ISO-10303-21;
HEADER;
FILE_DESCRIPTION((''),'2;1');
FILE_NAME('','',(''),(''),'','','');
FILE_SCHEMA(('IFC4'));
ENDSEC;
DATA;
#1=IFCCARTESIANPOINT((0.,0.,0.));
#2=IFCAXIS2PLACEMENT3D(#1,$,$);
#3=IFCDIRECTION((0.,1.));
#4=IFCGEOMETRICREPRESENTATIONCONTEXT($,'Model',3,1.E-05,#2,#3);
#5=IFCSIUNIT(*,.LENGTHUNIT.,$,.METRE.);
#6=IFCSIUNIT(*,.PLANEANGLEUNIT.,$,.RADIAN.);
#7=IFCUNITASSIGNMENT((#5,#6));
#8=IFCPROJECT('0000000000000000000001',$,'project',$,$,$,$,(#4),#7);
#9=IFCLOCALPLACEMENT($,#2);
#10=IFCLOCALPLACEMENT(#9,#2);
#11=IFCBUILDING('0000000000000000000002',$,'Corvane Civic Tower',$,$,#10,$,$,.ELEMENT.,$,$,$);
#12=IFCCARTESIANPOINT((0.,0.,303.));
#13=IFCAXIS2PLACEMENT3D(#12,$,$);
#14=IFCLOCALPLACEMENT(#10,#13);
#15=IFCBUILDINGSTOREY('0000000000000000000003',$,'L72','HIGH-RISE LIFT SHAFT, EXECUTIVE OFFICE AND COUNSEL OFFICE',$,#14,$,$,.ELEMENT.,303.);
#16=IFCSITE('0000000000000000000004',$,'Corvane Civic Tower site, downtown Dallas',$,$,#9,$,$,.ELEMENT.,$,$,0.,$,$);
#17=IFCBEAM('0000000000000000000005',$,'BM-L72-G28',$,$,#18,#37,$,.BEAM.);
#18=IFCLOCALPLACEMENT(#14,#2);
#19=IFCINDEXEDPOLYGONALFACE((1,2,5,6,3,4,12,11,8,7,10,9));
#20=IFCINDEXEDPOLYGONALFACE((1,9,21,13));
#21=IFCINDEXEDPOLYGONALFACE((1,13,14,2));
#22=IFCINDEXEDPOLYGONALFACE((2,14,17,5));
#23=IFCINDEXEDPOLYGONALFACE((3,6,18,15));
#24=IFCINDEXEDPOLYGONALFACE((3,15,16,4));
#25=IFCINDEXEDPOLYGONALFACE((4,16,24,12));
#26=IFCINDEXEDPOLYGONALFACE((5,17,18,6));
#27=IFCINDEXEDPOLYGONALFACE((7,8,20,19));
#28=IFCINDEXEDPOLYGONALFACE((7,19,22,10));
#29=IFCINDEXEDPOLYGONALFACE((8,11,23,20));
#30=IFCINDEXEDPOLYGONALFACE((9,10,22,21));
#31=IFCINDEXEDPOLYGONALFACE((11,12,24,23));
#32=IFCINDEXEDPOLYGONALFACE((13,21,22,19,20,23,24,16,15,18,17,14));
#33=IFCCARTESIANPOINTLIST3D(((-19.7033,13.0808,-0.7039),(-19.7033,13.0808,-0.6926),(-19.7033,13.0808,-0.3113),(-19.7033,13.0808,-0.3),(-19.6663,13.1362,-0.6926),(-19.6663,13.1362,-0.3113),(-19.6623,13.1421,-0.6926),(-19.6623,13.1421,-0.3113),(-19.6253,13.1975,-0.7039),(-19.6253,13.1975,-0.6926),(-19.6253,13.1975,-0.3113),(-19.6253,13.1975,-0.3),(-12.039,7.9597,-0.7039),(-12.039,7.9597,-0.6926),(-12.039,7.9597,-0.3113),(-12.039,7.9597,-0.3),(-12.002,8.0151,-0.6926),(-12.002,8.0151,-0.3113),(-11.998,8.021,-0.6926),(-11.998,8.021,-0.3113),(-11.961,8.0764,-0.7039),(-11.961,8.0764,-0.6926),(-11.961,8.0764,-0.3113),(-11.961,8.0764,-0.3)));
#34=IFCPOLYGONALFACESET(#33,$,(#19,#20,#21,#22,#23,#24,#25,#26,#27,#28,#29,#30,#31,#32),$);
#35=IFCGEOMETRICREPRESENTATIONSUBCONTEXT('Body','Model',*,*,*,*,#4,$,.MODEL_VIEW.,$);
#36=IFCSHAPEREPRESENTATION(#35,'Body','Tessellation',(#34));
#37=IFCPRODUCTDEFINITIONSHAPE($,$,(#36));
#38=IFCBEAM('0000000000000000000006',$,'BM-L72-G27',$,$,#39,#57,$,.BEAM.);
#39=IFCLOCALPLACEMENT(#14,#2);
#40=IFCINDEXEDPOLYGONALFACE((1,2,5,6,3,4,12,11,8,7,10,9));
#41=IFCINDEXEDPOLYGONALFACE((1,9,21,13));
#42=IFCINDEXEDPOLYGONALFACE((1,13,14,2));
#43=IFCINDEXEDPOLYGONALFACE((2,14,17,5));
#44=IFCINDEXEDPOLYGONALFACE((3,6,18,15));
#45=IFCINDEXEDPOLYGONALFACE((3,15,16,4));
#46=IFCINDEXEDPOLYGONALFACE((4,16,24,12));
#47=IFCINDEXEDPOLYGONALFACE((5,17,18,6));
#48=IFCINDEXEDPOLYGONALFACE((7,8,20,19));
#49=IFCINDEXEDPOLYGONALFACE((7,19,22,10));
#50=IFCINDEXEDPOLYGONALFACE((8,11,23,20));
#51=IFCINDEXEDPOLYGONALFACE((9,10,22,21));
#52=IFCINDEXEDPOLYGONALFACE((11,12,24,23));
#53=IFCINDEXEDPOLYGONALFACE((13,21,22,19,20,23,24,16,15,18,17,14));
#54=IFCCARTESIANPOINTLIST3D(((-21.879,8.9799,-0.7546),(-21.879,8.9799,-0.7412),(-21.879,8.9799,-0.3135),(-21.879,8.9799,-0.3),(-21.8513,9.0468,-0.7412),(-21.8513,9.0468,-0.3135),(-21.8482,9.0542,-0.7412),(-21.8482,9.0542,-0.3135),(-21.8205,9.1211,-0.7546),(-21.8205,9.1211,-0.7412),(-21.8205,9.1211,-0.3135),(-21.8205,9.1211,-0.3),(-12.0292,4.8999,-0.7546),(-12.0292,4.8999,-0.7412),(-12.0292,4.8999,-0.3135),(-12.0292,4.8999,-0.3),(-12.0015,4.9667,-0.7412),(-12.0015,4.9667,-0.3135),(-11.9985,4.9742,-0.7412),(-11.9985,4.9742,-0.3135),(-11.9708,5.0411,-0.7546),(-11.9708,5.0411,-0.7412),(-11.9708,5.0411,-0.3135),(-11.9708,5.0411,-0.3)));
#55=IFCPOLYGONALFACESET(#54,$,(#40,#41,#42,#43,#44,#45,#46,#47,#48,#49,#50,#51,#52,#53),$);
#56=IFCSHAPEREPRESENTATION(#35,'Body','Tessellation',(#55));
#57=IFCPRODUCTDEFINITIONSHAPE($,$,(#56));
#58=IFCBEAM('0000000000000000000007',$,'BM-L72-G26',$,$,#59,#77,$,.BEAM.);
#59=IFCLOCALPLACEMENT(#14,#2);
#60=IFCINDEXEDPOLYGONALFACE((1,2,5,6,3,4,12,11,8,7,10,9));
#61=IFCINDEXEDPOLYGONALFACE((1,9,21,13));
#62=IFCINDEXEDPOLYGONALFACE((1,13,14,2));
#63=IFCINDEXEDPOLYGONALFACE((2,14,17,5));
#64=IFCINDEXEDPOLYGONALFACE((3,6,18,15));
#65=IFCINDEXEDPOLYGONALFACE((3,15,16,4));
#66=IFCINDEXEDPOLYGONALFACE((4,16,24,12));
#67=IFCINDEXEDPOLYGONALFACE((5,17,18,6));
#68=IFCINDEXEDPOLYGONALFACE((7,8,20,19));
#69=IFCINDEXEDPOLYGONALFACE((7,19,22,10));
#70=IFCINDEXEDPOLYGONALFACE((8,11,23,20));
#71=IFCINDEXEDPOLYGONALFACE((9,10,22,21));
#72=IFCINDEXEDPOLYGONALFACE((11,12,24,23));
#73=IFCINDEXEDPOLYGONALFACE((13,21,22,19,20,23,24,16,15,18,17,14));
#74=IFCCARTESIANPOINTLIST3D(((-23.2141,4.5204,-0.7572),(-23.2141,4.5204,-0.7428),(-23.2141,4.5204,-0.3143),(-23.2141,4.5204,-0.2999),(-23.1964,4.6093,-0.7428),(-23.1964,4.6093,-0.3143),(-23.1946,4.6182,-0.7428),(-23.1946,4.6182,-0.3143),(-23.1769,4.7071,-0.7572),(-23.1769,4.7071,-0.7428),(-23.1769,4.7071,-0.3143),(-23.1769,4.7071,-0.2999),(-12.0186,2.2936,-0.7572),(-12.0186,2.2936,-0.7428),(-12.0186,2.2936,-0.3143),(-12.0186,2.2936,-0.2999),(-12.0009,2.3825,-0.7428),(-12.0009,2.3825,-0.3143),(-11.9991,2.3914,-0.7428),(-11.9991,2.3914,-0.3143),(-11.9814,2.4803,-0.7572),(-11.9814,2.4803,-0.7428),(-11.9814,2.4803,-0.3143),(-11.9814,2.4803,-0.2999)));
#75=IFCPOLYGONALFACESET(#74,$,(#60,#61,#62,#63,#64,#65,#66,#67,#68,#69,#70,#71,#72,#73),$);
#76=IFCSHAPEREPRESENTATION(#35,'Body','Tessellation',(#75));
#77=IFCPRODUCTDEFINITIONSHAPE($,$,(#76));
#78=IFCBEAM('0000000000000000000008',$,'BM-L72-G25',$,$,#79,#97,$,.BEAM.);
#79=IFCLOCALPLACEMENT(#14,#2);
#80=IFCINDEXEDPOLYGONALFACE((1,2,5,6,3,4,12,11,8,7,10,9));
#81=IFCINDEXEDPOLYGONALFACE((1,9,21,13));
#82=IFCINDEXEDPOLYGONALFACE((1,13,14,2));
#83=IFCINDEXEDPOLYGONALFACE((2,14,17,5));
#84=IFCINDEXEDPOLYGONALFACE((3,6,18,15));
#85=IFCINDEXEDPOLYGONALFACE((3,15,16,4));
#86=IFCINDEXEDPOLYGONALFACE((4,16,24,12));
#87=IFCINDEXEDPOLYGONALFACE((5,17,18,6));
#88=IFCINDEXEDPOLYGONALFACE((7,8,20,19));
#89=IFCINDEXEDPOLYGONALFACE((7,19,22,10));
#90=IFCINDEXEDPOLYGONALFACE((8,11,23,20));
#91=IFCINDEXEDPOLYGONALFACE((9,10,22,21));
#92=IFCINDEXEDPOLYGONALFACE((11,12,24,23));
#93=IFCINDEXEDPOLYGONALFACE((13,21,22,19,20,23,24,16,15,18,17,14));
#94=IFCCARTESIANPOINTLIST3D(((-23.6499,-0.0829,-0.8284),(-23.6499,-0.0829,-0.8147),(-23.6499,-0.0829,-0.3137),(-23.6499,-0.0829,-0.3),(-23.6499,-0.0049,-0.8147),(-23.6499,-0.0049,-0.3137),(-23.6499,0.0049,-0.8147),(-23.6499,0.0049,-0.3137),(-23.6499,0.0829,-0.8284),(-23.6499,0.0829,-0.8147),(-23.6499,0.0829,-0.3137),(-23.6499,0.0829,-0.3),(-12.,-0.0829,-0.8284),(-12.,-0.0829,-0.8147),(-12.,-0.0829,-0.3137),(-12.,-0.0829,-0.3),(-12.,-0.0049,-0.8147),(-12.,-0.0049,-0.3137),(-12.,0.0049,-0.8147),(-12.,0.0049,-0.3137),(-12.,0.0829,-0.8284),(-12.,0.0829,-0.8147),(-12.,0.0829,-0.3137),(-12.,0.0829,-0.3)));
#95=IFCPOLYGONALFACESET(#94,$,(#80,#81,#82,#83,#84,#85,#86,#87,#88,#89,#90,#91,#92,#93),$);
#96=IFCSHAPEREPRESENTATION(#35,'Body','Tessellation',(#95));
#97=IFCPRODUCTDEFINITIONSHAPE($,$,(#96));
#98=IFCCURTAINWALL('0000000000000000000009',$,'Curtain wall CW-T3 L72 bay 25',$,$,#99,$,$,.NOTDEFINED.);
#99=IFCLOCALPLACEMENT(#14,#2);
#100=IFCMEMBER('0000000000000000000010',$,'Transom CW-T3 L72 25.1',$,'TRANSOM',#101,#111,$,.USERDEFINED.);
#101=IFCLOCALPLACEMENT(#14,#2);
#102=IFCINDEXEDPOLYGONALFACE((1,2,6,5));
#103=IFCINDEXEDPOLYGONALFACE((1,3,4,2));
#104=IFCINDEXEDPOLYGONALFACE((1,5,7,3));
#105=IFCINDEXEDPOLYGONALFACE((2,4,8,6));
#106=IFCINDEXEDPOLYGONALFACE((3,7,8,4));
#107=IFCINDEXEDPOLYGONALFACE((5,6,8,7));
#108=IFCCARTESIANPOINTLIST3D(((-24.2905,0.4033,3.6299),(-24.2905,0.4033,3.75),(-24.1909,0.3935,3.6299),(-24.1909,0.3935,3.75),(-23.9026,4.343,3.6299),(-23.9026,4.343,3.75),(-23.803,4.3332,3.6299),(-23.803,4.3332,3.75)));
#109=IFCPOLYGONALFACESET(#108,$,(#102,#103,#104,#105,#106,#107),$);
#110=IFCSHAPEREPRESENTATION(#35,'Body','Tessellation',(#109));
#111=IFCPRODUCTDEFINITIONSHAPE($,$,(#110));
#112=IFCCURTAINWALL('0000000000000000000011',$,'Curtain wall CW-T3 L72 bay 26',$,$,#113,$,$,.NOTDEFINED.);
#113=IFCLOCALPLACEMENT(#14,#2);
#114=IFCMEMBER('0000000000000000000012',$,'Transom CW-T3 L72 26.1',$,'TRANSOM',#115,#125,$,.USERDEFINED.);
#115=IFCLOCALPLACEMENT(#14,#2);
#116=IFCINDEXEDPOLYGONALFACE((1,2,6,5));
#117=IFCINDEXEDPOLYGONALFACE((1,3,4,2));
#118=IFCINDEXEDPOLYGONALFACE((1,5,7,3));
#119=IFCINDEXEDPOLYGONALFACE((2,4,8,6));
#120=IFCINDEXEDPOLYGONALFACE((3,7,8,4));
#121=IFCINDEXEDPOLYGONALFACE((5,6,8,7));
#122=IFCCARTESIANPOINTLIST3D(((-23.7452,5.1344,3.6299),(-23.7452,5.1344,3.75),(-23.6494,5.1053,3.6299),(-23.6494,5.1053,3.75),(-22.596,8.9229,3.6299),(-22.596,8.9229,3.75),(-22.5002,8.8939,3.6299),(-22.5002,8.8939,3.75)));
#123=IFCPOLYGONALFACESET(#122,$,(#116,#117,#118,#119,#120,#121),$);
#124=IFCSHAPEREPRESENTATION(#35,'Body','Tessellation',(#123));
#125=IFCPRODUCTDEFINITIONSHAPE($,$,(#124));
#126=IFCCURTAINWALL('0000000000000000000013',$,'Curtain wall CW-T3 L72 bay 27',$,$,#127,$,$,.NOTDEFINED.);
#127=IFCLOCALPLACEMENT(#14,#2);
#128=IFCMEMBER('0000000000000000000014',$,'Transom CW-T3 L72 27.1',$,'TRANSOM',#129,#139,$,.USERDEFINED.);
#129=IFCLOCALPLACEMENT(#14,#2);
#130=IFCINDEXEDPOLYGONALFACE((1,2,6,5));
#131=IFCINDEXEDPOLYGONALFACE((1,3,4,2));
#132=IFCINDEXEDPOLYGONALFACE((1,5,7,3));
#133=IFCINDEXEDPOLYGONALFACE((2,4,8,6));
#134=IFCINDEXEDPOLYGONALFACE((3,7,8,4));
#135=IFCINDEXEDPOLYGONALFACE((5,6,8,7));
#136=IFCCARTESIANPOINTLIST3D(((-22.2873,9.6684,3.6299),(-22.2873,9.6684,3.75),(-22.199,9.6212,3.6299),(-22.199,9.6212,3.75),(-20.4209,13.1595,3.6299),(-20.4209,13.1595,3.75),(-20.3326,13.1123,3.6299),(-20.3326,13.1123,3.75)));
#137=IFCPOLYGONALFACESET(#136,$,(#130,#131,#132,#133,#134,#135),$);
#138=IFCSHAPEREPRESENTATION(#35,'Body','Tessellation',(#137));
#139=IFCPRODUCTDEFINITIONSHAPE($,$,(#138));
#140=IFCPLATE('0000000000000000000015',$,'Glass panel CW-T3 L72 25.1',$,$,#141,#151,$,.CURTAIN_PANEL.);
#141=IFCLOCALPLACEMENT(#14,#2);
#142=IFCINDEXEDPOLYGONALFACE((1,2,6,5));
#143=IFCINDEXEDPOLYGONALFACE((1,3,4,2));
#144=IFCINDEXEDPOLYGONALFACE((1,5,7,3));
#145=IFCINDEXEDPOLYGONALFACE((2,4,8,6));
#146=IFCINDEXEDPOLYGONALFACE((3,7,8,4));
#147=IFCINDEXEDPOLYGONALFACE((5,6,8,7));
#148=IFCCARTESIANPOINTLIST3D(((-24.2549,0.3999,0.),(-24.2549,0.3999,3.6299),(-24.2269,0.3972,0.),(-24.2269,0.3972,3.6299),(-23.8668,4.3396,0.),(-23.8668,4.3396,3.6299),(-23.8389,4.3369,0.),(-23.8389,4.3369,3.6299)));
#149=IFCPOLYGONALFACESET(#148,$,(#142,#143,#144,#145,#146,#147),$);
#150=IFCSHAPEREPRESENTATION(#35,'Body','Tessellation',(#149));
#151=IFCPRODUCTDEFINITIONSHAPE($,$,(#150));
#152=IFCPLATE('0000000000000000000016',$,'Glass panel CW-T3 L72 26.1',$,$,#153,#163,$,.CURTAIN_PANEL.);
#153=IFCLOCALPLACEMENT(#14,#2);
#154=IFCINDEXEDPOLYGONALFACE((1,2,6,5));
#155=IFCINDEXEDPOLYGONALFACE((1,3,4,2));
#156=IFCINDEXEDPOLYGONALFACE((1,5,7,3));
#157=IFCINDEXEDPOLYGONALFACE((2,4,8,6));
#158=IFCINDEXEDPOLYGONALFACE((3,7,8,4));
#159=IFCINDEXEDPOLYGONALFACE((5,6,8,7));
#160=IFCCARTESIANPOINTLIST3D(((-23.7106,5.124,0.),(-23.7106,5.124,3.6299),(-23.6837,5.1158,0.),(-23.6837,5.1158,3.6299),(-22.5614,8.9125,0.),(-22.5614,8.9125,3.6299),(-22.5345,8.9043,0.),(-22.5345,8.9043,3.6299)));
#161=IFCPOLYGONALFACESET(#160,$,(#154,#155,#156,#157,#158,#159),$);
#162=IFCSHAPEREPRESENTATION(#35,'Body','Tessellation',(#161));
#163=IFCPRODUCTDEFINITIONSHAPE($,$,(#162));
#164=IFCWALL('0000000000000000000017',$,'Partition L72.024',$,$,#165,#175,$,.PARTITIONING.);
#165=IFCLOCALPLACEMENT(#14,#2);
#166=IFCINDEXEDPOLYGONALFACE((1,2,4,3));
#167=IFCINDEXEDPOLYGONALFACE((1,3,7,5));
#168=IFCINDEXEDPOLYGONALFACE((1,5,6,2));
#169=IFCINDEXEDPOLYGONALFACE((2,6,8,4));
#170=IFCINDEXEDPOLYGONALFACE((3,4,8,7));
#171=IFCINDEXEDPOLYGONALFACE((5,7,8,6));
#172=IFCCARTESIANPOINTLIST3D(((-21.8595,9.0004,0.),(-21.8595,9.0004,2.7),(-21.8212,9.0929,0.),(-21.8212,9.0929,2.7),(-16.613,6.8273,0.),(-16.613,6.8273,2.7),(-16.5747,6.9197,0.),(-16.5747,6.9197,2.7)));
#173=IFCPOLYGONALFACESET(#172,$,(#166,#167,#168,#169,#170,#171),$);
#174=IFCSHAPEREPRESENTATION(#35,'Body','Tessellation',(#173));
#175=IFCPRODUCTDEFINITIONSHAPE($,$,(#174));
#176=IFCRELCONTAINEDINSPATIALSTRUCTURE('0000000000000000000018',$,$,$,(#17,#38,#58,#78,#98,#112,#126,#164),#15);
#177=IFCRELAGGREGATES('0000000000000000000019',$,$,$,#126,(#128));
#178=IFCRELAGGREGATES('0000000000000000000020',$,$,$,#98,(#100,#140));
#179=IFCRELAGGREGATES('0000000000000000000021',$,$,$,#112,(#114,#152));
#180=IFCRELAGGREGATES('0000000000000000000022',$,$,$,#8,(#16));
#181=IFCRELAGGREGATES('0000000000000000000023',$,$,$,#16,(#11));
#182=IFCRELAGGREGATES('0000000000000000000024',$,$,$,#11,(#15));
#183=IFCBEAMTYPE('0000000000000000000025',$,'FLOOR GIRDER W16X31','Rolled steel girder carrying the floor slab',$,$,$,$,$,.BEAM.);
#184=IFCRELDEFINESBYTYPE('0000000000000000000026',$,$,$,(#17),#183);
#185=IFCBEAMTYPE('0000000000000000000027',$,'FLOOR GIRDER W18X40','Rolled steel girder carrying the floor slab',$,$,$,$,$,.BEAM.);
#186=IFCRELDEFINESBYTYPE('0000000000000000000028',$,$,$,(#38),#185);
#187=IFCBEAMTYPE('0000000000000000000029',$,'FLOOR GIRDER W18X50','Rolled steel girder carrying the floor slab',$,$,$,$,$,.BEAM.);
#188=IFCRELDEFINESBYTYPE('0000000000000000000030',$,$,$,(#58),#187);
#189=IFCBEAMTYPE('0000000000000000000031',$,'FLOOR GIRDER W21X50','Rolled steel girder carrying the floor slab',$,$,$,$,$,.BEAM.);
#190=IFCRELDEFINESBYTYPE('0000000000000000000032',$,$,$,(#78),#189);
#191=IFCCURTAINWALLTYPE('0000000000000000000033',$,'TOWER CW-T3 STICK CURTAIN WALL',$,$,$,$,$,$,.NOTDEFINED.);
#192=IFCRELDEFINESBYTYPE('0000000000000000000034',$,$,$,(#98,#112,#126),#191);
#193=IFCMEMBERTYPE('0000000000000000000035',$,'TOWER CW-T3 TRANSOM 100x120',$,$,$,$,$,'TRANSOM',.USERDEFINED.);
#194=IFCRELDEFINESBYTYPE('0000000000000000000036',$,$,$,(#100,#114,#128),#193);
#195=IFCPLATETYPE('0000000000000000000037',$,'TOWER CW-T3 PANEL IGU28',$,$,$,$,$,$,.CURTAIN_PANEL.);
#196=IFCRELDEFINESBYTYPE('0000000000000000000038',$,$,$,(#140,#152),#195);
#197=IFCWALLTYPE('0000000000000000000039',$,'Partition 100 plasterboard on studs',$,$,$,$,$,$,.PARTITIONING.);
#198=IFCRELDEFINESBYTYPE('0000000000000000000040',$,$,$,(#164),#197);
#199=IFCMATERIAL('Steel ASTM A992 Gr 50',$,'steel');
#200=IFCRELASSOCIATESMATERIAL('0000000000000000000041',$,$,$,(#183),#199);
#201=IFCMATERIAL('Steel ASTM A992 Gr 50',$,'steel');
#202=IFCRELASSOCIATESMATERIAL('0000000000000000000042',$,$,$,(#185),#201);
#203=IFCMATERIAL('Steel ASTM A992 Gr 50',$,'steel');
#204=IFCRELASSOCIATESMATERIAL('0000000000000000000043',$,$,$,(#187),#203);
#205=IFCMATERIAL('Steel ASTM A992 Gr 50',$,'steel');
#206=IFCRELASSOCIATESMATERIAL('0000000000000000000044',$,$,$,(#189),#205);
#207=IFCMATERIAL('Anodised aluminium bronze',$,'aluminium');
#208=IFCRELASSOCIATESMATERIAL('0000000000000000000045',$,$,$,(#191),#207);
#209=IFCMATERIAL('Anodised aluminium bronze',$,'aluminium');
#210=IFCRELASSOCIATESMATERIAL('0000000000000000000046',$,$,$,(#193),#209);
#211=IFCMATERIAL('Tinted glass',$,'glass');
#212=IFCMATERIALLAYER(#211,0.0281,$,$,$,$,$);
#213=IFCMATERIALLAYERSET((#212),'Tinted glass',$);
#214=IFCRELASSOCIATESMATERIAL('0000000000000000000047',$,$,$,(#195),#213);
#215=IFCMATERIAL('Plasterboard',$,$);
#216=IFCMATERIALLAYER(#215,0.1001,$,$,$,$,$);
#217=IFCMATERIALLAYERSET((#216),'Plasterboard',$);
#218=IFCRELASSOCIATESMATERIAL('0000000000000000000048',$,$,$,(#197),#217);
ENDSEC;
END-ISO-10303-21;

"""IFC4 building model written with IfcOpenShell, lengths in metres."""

from ifc_helpers import new_model, si_unit, direction, frame, frame_2d, origin, origin_2d, place, context, subcontext, project, spatial, rectangle, i_section, extrude, material, layer, layer_set, material_profile, profile_set, type_object, element, aggregate, save


model = new_model("IFC4")

# Units and contexts
model_context = context("Model", 3, precision=1e-05, world=origin(), true_north=direction((0.0, 1.0)))
body_context = subcontext(model_context, "Body", "Model", "MODEL_VIEW")
ifc_project = project(units=[si_unit("LENGTHUNIT", "METRE"), si_unit("PLANEANGLEUNIT", "RADIAN")], contexts=[model_context])

# Site, building, storey
site_placement = place(None, origin())
site = spatial("IfcSite", under=ifc_project, at=site_placement, Name="Corvane Civic Tower site, downtown Dallas", CompositionType="ELEMENT", RefElevation=0.0)
building_placement = place(site_placement, origin())
building = spatial("IfcBuilding", under=site, at=building_placement, Name="Corvane Civic Tower", CompositionType="ELEMENT")
storey_placement = place(building_placement, frame((0.0, 0.0, 303.0)))
storey = spatial("IfcBuildingStorey", under=building, at=storey_placement, Name="L72", Description="HIGH-RISE LIFT SHAFT, EXECUTIVE OFFICE AND COUNSEL OFFICE", CompositionType="ELEMENT", Elevation=303.0)

# Beams
ifc_material_1 = material(Name="Steel ASTM A992 Gr 50", Category="steel")
ifc_material_profile_1 = material_profile(ifc_material_1, i_section(OverallWidth=0.1404, OverallDepth=0.4038, WebThickness=0.0071, FlangeThickness=0.0112, at=origin_2d()), Name="W16X31")
ifc_profile_set_1 = profile_set([ifc_material_profile_1], Name="Steel ASTM A992 Gr 50")
beam_type_1 = type_object("IfcBeamType", Name="FLOOR GIRDER W16X31", Description="Rolled steel girder carrying the floor slab", PredefinedType="BEAM", material=ifc_profile_set_1)
beam_1_placement = place(storey_placement, frame((-12.0, 8.0181, -0.502), z_axis=(-0.831471, 0.555568, 0.0), x_axis=(-0.555568, -0.831471, 0.0)))
element("IfcBeam", 1, at=beam_1_placement, inside=storey, type_object=beam_type_1, Name="BM-L72-G28", PredefinedType="BEAM", context=body_context, shape_type="SweptSolid", body=[
    extrude(i_section(OverallWidth=0.1404, OverallDepth=0.4038, WebThickness=0.0071, FlangeThickness=0.0112, at=origin_2d()), origin(), (0.0, 0.0, 1.0), 9.2178),
])
ifc_material_2 = material(Name="Steel ASTM A992 Gr 50", Category="steel")
ifc_material_profile_2 = material_profile(ifc_material_2, i_section(OverallWidth=0.1528, OverallDepth=0.4546, WebThickness=0.0081, FlangeThickness=0.0134, at=origin_2d()), Name="W18X40")
ifc_profile_set_2 = profile_set([ifc_material_profile_2], Name="Steel ASTM A992 Gr 50")
beam_type_2 = type_object("IfcBeamType", Name="FLOOR GIRDER W18X40", Description="Rolled steel girder carrying the floor slab", PredefinedType="BEAM", material=ifc_profile_set_2)
beam_2_placement = place(storey_placement, frame((-12.0, 4.9705, -0.5273), z_axis=(-0.923875, 0.382694, 0.0), x_axis=(-0.382694, -0.923875, 0.0)))
element("IfcBeam", 2, at=beam_2_placement, inside=storey, type_object=beam_type_2, Name="BM-L72-G27", PredefinedType="BEAM", context=body_context, shape_type="SweptSolid", body=[
    extrude(i_section(OverallWidth=0.1528, OverallDepth=0.4546, WebThickness=0.0081, FlangeThickness=0.0134, at=origin_2d()), origin(), (0.0, 0.0, 1.0), 10.6614),
])
ifc_material_3 = material(Name="Steel ASTM A992 Gr 50", Category="steel")
ifc_material_profile_3 = material_profile(ifc_material_3, i_section(OverallWidth=0.1904, OverallDepth=0.4573, WebThickness=0.009, FlangeThickness=0.0144, at=origin_2d()), Name="W18X50")
ifc_profile_set_3 = profile_set([ifc_material_profile_3], Name="Steel ASTM A992 Gr 50")
beam_type_3 = type_object("IfcBeamType", Name="FLOOR GIRDER W18X50", Description="Rolled steel girder carrying the floor slab", PredefinedType="BEAM", material=ifc_profile_set_3)
beam_3_placement = place(storey_placement, frame((-12.0, 2.387, -0.5286), z_axis=(-0.980787, 0.19508, 0.0), x_axis=(-0.19508, -0.980787, 0.0)))
element("IfcBeam", 3, at=beam_3_placement, inside=storey, type_object=beam_type_3, Name="BM-L72-G26", PredefinedType="BEAM", context=body_context, shape_type="SweptSolid", body=[
    extrude(i_section(OverallWidth=0.1904, OverallDepth=0.4573, WebThickness=0.009, FlangeThickness=0.0144, at=origin_2d()), origin(), (0.0, 0.0, 1.0), 11.4148),
])
ifc_material_4 = material(Name="Steel ASTM A992 Gr 50", Category="steel")
ifc_material_profile_4 = material_profile(ifc_material_4, i_section(OverallWidth=0.1658, OverallDepth=0.5283, WebThickness=0.0098, FlangeThickness=0.0137, at=origin_2d()), Name="W21X50")
ifc_profile_set_4 = profile_set([ifc_material_profile_4], Name="Steel ASTM A992 Gr 50")
beam_type_4 = type_object("IfcBeamType", Name="FLOOR GIRDER W21X50", Description="Rolled steel girder carrying the floor slab", PredefinedType="BEAM", material=ifc_profile_set_4)
beam_4_placement = place(storey_placement, frame((-12.0, 0.0, -0.5642), z_axis=(-1.0, 0.0, 0.0), x_axis=(0.0, -1.0, 0.0)))
element("IfcBeam", 4, at=beam_4_placement, inside=storey, type_object=beam_type_4, Name="BM-L72-G25", PredefinedType="BEAM", context=body_context, shape_type="SweptSolid", body=[
    extrude(i_section(OverallWidth=0.1658, OverallDepth=0.5283, WebThickness=0.0098, FlangeThickness=0.0137, at=origin_2d()), origin(), (0.0, 0.0, 1.0), 11.6499),
])

# Curtain walls, members
ifc_material_5 = material(Name="Anodised aluminium bronze", Category="aluminium")
curtain_wall_type = type_object("IfcCurtainWallType", Name="TOWER CW-T3 STICK CURTAIN WALL", PredefinedType="NOTDEFINED", material=ifc_material_5)
curtain_wall_1_placement = place(storey_placement, origin())
curtain_wall_1 = element("IfcCurtainWall", 5, at=curtain_wall_1_placement, inside=storey, type_object=curtain_wall_type, Name="Curtain wall CW-T3 L72 bay 25", PredefinedType="NOTDEFINED")
ifc_material_6 = material(Name="Anodised aluminium bronze", Category="aluminium")
ifc_material_profile_5 = material_profile(ifc_material_6, rectangle(XDim=0.1001, YDim=0.1201, at=origin_2d()), Name="TOWER CW-T3 TRANSOM 100x120")
ifc_profile_set_5 = profile_set([ifc_material_profile_5], Name="Anodised aluminium bronze")
member_type = type_object("IfcMemberType", Name="TOWER CW-T3 TRANSOM 100x120", ElementType="TRANSOM", PredefinedType="USERDEFINED", material=ifc_profile_set_5)
member_1_placement = place(storey_placement, frame((-24.2407, 0.3984, 3.6899), z_axis=(0.097995, 0.995187, 0.0), x_axis=(-0.995187, 0.097995, 0.0)))
member_1 = element("IfcMember", 6, at=member_1_placement, type_object=member_type, Name="Transom CW-T3 L72 25.1", ObjectType="TRANSOM", PredefinedType="USERDEFINED", context=body_context, shape_type="SweptSolid", body=[
    extrude(rectangle(XDim=0.1001, YDim=0.1201, at=origin_2d()), origin(), (0.0, 0.0, 1.0), 3.9587),
])
curtain_wall_2_placement = place(storey_placement, origin())
curtain_wall_2 = element("IfcCurtainWall", 7, at=curtain_wall_2_placement, inside=storey, type_object=curtain_wall_type, Name="Curtain wall CW-T3 L72 bay 26", PredefinedType="NOTDEFINED")
member_2_placement = place(storey_placement, frame((-23.6973, 5.1199, 3.6899), z_axis=(0.290266, 0.956946, 0.0), x_axis=(-0.956946, 0.290266, 0.0)))
member_2 = element("IfcMember", 8, at=member_2_placement, type_object=member_type, Name="Transom CW-T3 L72 26.1", ObjectType="TRANSOM", PredefinedType="USERDEFINED", context=body_context, shape_type="SweptSolid", body=[
    extrude(rectangle(XDim=0.1001, YDim=0.1201, at=origin_2d()), origin(), (0.0, 0.0, 1.0), 3.959),
])
curtain_wall_3_placement = place(storey_placement, origin())
curtain_wall_3 = element("IfcCurtainWall", 9, at=curtain_wall_3_placement, inside=storey, type_object=curtain_wall_type, Name="Curtain wall CW-T3 L72 bay 27", PredefinedType="NOTDEFINED")
member_3_placement = place(storey_placement, frame((-22.2432, 9.6448, 3.6899), z_axis=(0.471468, 0.881883, 0.0), x_axis=(-0.881883, 0.471468, 0.0)))
member_3 = element("IfcMember", 10, at=member_3_placement, type_object=member_type, Name="Transom CW-T3 L72 27.1", ObjectType="TRANSOM", PredefinedType="USERDEFINED", context=body_context, shape_type="SweptSolid", body=[
    extrude(rectangle(XDim=0.1001, YDim=0.1201, at=origin_2d()), origin(), (0.0, 0.0, 1.0), 3.9587),
])
aggregate(curtain_wall_3, [member_3])

# Plates
ifc_material_7 = material(Name="Tinted glass", Category="glass")
ifc_layer_1 = layer(ifc_material_7, 0.0281)
ifc_layer_set_1 = layer_set([ifc_layer_1], Name="Tinted glass")
plate_type = type_object("IfcPlateType", Name="TOWER CW-T3 PANEL IGU28", PredefinedType="CURTAIN_PANEL", material=ifc_layer_set_1)
plate_1_placement = place(storey_placement, frame((-24.0469, 2.3684, 0.0), z_axis=(0.0, 0.0, 1.0), x_axis=(0.098021, 0.995184, 0.0)))
plate_1 = element("IfcPlate", 11, at=plate_1_placement, type_object=plate_type, Name="Glass panel CW-T3 L72 25.1", PredefinedType="CURTAIN_PANEL", context=body_context, shape_type="SweptSolid", body=[
    extrude(rectangle(XDim=3.9587, YDim=0.0281, at=origin_2d()), origin(), (0.0, 0.0, 1.0), 3.6299),
])
aggregate(curtain_wall_1, [member_1, plate_1])
plate_2_placement = place(storey_placement, frame((-23.1226, 7.0142, 0.0), z_axis=(0.0, 0.0, 1.0), x_axis=(0.290274, 0.956944, 0.0)))
plate_2 = element("IfcPlate", 12, at=plate_2_placement, type_object=plate_type, Name="Glass panel CW-T3 L72 26.1", PredefinedType="CURTAIN_PANEL", context=body_context, shape_type="SweptSolid", body=[
    extrude(rectangle(XDim=3.959, YDim=0.0281, at=origin_2d()), origin(), (0.0, 0.0, 1.0), 3.6299),
])
aggregate(curtain_wall_2, [member_2, plate_2])

# Wall
ifc_material_8 = material(Name="Plasterboard")
ifc_layer_2 = layer(ifc_material_8, 0.1001)
ifc_layer_set_2 = layer_set([ifc_layer_2], Name="Plasterboard")
wall_type = type_object("IfcWallType", Name="Partition 100 plasterboard on studs", PredefinedType="PARTITIONING", material=ifc_layer_set_2)
wall_placement = place(storey_placement, frame((-21.8403, 9.0466, 0.0), z_axis=(0.0, 0.0, 1.0), x_axis=(0.92388, -0.382682, 0.0)))
element("IfcWall", 13, at=wall_placement, inside=storey, type_object=wall_type, Name="Partition L72.024", PredefinedType="PARTITIONING", context=body_context, shape_type="SweptSolid", body=[
    extrude(rectangle(XDim=5.6787, YDim=0.1001, at=frame_2d((2.8394, 0.0))), origin(), (0.0, 0.0, 1.0), 2.7),
])

save(model, "model.ifc")
